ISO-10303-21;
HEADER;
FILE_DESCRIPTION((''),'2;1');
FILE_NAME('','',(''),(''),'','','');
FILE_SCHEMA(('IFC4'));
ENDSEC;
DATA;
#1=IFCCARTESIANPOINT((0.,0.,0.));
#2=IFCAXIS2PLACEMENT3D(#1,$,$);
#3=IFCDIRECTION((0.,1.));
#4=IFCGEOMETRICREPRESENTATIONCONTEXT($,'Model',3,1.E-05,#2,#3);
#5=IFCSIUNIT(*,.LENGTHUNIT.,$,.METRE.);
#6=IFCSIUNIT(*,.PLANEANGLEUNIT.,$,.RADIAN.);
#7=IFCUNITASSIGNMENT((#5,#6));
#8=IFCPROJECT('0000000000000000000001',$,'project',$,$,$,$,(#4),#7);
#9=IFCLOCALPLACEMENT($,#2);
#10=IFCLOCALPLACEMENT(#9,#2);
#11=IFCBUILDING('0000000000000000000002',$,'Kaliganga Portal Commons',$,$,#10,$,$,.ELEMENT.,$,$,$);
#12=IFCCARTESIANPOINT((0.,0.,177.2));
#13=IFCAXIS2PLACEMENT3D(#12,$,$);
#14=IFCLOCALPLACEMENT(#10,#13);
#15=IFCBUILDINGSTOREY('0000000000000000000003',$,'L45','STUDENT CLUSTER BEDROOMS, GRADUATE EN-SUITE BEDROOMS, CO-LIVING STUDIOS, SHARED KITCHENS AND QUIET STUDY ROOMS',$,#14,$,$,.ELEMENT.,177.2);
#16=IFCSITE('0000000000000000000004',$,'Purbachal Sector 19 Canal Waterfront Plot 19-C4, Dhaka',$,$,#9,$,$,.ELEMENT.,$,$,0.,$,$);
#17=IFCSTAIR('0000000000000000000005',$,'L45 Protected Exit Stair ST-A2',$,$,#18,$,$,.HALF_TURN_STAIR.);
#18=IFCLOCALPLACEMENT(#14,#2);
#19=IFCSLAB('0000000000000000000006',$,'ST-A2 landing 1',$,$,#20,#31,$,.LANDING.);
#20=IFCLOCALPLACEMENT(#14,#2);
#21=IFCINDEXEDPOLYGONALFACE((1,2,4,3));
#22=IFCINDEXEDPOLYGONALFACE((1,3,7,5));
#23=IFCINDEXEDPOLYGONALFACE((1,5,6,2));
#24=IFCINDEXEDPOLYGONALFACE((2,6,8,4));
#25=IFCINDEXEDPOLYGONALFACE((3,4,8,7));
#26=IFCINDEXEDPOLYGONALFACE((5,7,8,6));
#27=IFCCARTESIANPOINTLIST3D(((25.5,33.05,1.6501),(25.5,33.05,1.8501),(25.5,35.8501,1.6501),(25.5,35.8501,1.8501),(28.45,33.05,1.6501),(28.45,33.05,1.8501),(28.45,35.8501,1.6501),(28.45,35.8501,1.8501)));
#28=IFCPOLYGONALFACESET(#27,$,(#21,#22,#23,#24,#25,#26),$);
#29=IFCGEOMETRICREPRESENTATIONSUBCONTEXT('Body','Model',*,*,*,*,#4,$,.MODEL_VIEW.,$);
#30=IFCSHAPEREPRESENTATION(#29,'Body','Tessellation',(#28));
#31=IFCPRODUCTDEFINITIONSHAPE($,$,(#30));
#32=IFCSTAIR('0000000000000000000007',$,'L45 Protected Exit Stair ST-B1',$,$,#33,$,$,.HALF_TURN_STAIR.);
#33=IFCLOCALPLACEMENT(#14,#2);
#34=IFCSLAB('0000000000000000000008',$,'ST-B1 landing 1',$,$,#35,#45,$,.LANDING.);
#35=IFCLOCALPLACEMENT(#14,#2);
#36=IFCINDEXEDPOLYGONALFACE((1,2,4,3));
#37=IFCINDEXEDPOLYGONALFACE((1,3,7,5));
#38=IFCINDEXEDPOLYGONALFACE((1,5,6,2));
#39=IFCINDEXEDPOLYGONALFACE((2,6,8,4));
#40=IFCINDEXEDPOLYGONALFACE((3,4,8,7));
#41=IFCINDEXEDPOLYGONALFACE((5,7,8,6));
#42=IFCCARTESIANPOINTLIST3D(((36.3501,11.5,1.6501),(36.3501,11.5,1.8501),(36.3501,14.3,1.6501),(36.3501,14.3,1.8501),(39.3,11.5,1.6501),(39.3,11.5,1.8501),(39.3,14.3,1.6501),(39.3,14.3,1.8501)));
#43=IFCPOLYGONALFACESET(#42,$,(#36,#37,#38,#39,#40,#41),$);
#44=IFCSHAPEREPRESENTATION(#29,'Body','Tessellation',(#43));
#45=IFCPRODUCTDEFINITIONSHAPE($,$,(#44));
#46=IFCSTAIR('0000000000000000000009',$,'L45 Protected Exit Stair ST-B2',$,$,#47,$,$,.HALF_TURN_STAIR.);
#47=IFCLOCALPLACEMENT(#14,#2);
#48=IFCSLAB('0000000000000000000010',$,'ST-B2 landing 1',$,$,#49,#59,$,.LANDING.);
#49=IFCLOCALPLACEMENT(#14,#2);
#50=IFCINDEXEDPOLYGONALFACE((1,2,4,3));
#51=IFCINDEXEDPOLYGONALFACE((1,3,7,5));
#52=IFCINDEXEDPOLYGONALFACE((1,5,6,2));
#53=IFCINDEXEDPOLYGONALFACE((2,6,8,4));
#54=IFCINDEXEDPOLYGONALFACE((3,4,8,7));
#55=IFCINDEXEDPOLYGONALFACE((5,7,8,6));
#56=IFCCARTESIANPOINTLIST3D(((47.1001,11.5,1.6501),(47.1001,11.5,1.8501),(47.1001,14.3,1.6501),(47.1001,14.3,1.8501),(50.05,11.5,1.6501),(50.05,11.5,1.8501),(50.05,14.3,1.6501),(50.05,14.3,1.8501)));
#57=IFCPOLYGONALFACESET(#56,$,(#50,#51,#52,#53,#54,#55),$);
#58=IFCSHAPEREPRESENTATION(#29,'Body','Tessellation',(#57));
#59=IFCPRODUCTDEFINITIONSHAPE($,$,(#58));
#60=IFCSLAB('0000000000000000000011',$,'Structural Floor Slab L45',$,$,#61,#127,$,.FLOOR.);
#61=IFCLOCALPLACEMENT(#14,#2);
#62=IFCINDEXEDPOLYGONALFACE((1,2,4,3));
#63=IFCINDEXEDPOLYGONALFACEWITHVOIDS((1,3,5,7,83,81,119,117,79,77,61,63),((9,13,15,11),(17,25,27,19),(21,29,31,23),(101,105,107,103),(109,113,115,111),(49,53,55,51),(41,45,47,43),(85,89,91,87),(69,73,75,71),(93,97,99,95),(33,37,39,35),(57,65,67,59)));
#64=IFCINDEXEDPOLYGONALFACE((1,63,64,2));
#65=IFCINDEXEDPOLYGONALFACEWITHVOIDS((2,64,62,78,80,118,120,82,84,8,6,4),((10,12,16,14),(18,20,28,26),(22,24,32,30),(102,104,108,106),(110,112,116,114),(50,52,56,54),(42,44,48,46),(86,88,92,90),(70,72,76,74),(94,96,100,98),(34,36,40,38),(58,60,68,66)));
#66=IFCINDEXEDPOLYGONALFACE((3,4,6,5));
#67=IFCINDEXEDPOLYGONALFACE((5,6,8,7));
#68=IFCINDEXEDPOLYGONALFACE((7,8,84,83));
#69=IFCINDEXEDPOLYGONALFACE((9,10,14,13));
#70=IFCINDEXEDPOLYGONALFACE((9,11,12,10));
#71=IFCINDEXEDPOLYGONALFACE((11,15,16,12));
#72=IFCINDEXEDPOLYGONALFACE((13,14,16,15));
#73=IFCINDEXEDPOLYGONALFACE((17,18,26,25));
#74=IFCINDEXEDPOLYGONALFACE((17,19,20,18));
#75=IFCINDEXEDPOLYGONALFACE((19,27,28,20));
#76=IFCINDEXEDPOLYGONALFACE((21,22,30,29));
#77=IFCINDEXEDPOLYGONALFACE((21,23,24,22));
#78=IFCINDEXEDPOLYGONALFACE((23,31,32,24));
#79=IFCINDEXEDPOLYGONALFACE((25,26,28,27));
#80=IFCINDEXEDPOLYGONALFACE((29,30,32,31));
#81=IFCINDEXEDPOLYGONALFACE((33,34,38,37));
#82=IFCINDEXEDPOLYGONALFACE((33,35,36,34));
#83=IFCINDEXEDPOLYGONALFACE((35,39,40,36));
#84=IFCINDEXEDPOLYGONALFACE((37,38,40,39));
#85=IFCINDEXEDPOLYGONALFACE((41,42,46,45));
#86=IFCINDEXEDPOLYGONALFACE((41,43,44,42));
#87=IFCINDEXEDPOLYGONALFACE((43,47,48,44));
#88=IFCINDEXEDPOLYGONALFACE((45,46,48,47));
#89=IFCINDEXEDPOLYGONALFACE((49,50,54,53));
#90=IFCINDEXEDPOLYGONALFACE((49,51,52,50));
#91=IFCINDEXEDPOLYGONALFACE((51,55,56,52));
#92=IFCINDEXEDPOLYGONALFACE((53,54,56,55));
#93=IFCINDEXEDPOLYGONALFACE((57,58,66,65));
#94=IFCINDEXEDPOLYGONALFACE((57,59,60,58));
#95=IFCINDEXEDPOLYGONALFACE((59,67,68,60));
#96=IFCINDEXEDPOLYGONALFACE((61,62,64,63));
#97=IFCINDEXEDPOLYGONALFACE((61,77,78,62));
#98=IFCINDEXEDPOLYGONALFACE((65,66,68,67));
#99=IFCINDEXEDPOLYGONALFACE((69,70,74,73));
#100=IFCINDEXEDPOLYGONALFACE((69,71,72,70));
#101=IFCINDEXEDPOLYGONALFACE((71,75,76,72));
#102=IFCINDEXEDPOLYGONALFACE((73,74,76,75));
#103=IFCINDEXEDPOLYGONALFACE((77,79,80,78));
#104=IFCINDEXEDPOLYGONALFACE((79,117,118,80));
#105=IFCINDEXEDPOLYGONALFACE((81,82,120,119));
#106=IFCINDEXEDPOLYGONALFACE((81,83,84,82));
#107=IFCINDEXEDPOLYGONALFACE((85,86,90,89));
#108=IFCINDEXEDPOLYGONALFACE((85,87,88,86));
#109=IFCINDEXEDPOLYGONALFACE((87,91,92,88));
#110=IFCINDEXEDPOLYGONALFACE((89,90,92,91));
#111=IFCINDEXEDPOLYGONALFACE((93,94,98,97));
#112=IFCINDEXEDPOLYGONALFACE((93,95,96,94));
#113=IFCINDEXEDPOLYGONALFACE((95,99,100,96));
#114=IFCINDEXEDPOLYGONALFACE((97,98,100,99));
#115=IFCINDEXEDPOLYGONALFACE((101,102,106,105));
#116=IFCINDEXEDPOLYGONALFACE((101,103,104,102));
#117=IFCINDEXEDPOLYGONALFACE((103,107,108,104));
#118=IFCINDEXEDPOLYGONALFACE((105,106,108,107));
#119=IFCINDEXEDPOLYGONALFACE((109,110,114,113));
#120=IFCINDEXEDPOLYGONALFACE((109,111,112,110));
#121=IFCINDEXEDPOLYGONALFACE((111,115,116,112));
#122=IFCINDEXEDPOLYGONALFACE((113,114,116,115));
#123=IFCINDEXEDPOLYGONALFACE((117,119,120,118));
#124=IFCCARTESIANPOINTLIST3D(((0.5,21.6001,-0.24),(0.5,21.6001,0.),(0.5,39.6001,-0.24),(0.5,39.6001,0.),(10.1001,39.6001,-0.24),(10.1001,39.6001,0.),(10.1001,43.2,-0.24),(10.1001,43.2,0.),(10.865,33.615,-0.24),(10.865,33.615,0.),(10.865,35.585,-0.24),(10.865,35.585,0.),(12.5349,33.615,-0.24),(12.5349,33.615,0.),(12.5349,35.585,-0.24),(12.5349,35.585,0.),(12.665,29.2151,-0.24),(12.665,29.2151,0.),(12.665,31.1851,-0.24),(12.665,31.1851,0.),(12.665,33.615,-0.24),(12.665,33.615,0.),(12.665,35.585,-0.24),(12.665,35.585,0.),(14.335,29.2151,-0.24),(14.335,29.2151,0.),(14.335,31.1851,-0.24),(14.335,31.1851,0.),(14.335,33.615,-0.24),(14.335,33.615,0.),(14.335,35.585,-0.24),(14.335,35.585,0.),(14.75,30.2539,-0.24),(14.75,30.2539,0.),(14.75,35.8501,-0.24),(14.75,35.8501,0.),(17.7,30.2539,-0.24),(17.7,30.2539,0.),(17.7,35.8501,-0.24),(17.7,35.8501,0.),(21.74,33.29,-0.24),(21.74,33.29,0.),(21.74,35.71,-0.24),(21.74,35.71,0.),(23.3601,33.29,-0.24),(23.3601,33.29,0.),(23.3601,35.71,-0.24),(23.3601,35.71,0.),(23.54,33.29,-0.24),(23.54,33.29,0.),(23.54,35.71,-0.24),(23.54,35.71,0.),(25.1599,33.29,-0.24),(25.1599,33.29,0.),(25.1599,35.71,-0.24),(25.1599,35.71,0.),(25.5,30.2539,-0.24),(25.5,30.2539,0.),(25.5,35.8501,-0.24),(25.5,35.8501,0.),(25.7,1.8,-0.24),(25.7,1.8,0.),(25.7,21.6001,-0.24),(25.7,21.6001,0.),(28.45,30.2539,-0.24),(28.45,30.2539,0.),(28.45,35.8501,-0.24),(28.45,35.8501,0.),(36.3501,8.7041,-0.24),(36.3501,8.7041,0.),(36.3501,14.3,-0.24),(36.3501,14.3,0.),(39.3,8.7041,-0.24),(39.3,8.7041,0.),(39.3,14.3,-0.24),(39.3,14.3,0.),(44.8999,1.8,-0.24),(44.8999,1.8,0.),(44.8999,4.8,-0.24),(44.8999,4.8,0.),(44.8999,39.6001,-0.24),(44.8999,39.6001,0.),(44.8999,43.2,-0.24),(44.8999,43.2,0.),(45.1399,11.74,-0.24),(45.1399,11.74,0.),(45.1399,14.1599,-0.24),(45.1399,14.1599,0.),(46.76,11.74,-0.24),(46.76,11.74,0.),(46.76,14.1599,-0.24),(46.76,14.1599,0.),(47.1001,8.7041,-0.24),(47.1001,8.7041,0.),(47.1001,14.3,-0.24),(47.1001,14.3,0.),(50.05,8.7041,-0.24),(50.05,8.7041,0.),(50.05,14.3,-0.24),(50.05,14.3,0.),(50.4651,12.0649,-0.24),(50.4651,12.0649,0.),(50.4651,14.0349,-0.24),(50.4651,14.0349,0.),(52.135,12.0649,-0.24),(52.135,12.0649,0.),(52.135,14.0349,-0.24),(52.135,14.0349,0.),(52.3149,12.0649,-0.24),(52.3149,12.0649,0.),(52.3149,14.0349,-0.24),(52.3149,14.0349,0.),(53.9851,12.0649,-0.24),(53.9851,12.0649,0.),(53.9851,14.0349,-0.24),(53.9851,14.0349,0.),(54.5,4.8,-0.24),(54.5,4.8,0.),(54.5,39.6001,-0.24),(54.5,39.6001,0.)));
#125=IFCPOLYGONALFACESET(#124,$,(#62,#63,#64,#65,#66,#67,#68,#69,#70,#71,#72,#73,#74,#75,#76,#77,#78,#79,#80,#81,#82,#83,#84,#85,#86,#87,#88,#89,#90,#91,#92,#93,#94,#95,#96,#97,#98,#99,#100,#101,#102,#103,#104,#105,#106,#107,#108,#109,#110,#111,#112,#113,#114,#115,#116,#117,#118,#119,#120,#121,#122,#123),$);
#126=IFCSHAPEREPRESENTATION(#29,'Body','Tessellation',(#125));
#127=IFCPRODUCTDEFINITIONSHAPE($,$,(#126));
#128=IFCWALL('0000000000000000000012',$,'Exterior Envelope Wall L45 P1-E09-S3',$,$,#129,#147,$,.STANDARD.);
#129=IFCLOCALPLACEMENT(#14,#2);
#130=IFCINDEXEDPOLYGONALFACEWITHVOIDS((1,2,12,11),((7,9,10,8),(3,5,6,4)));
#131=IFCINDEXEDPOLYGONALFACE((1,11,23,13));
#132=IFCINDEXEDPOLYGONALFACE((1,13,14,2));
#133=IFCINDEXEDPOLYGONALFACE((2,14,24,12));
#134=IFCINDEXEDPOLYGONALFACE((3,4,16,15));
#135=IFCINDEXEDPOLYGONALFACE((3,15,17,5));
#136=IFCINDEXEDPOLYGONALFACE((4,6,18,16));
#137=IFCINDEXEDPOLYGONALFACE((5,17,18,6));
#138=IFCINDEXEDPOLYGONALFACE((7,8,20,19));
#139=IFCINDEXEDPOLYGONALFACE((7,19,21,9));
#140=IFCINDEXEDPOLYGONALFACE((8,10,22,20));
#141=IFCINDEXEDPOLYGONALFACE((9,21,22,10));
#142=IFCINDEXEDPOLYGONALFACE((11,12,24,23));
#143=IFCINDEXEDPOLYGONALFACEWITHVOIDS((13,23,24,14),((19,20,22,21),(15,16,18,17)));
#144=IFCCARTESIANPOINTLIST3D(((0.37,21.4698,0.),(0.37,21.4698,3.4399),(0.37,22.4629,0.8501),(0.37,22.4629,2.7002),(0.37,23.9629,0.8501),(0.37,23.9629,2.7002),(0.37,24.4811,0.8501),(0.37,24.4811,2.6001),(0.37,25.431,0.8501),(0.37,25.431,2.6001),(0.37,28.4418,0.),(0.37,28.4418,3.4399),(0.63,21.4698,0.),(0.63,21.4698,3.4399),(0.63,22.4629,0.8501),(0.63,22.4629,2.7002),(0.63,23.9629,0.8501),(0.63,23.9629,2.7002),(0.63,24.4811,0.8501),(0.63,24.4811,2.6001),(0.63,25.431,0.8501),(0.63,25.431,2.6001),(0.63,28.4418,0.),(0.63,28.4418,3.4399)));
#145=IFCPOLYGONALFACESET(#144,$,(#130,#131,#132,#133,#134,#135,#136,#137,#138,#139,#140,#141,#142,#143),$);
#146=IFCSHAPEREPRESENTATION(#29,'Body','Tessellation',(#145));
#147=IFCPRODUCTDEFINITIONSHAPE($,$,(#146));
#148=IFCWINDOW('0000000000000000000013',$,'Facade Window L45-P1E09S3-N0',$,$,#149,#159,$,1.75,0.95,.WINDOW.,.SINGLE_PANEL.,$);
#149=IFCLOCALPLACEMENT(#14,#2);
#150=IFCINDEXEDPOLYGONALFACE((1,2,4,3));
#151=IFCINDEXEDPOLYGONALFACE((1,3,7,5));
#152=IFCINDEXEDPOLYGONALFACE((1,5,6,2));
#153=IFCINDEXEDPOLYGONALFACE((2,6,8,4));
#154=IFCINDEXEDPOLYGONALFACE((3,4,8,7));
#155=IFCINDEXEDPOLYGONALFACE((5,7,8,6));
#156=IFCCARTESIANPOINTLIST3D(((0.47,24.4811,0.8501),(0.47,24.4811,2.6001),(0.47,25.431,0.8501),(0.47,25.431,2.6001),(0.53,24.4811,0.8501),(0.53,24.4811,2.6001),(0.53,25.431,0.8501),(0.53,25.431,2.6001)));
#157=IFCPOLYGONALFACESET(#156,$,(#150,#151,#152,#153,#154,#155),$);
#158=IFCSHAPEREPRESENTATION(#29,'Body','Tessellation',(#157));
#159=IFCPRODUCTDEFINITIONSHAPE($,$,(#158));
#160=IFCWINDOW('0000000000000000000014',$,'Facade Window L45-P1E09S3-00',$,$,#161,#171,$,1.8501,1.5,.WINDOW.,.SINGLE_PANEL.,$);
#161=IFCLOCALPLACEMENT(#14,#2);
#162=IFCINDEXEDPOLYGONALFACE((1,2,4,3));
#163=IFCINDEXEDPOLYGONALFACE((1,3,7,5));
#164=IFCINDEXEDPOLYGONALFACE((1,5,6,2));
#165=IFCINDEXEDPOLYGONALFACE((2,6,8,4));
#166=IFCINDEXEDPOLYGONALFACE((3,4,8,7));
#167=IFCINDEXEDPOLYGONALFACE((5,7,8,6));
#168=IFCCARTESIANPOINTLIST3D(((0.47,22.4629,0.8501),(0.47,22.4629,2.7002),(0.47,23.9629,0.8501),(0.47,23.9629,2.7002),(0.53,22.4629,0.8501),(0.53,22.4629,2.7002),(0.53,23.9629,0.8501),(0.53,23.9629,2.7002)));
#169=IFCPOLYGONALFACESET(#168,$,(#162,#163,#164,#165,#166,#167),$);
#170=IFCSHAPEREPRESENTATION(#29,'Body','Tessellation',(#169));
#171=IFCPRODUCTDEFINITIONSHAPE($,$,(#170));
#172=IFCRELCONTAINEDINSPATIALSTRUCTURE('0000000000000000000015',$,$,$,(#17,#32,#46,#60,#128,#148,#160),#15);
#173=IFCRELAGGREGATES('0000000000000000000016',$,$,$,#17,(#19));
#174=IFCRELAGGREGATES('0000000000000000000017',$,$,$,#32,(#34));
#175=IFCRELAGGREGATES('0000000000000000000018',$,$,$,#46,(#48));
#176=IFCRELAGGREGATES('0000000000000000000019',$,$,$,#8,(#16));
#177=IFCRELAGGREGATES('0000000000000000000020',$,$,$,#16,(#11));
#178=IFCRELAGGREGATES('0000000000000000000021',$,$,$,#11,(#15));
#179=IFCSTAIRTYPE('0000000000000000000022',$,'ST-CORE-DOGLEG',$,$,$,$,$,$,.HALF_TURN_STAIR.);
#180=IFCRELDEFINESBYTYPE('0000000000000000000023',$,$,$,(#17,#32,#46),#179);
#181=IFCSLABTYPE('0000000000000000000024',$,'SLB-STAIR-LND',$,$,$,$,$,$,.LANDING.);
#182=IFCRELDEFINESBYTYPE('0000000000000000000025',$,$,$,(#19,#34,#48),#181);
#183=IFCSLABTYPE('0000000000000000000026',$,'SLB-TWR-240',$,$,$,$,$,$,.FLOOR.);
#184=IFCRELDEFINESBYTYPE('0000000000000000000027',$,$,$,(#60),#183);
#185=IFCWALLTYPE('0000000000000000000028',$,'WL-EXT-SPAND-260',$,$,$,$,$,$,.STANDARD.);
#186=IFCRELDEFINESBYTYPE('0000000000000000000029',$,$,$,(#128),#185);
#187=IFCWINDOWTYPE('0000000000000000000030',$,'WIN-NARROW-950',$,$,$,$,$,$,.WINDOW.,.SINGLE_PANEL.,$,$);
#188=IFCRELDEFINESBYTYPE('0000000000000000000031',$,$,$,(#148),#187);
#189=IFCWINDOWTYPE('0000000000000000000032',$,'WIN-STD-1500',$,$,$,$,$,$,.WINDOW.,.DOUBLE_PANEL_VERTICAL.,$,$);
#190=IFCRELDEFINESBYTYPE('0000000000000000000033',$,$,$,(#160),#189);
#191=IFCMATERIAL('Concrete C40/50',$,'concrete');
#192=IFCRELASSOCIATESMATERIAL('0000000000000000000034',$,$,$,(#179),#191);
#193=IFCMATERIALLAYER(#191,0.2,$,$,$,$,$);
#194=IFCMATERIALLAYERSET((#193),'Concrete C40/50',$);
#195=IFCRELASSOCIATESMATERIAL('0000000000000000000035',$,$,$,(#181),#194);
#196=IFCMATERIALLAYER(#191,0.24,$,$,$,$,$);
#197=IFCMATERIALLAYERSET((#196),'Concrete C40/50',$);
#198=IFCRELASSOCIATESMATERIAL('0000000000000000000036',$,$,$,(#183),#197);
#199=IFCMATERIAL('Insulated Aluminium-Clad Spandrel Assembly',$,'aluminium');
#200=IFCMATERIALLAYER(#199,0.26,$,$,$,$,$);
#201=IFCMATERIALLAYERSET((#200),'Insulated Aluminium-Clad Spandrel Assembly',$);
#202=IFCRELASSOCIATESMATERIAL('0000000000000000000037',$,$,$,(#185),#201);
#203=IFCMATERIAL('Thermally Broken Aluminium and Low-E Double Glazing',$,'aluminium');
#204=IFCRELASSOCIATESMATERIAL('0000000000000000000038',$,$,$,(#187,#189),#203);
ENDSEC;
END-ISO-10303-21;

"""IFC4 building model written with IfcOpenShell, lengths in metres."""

from ifc_helpers import new_model, si_unit, direction, frame, frame_2d, origin, place, context, subcontext, project, spatial, polyline, rectangle, outline, extrude, material, layer, layer_set, type_object, element, fill, aggregate, save


model = new_model("IFC4")

# Units and contexts
model_context = context("Model", 3, precision=1e-05, world=origin(), true_north=direction((0.0, 1.0)))
body_context = subcontext(model_context, "Body", "Model", "MODEL_VIEW")
ifc_project = project(units=[si_unit("LENGTHUNIT", "METRE"), si_unit("PLANEANGLEUNIT", "RADIAN")], contexts=[model_context])

# Site, building, storey
site_placement = place(None, origin())
site = spatial("IfcSite", under=ifc_project, at=site_placement, Name="Purbachal Sector 19 Canal Waterfront Plot 19-C4, Dhaka", CompositionType="ELEMENT", RefElevation=0.0)
building_placement = place(site_placement, origin())
building = spatial("IfcBuilding", under=site, at=building_placement, Name="Kaliganga Portal Commons", CompositionType="ELEMENT")
storey_placement = place(building_placement, frame((0.0, 0.0, 177.2)))
storey = spatial("IfcBuildingStorey", under=building, at=storey_placement, Name="L45", Description="STUDENT CLUSTER BEDROOMS, GRADUATE EN-SUITE BEDROOMS, CO-LIVING STUDIOS, SHARED KITCHENS AND QUIET STUDY ROOMS", CompositionType="ELEMENT", Elevation=177.2)

# Shared definitions
ifc_material_1 = material(Name="Concrete C40/50", Category="concrete")

# Stairs, slabs
stair_type = type_object("IfcStairType", Name="ST-CORE-DOGLEG", PredefinedType="HALF_TURN_STAIR", material=ifc_material_1)
ifc_layer_1 = layer(ifc_material_1, 0.2)
ifc_layer_set_1 = layer_set([ifc_layer_1], Name="Concrete C40/50")
slab_type_1 = type_object("IfcSlabType", Name="SLB-STAIR-LND", PredefinedType="LANDING", material=ifc_layer_set_1)
stair_1_placement = place(storey_placement, origin())
stair_1 = element("IfcStair", 1, at=stair_1_placement, inside=storey, type_object=stair_type, Name="L45 Protected Exit Stair ST-A2", PredefinedType="HALF_TURN_STAIR")
slab_1_placement = place(storey_placement, frame((0.0, 0.0, 1.6501)))
slab_1 = element("IfcSlab", 2, at=slab_1_placement, type_object=slab_type_1, Name="ST-A2 landing 1", PredefinedType="LANDING", context=body_context, shape_type="SweptSolid", body=[
    extrude(outline(polyline([(28.45, 33.05), (28.45, 35.8501), (25.5, 35.8501), (25.5, 33.05), (28.45, 33.05)])), origin(), (0.0, 0.0, 1.0), 0.2),
])
aggregate(stair_1, [slab_1])
stair_2_placement = place(storey_placement, origin())
stair_2 = element("IfcStair", 3, at=stair_2_placement, inside=storey, type_object=stair_type, Name="L45 Protected Exit Stair ST-B1", PredefinedType="HALF_TURN_STAIR")
slab_2_placement = place(storey_placement, frame((0.0, 0.0, 1.6501)))
slab_2 = element("IfcSlab", 4, at=slab_2_placement, type_object=slab_type_1, Name="ST-B1 landing 1", PredefinedType="LANDING", context=body_context, shape_type="SweptSolid", body=[
    extrude(outline(polyline([(39.3, 11.5), (39.3, 14.3), (36.3501, 14.3), (36.3501, 11.5), (39.3, 11.5)])), origin(), (0.0, 0.0, 1.0), 0.2),
])
aggregate(stair_2, [slab_2])
stair_3_placement = place(storey_placement, origin())
stair_3 = element("IfcStair", 5, at=stair_3_placement, inside=storey, type_object=stair_type, Name="L45 Protected Exit Stair ST-B2", PredefinedType="HALF_TURN_STAIR")
slab_3_placement = place(storey_placement, frame((0.0, 0.0, 1.6501)))
slab_3 = element("IfcSlab", 6, at=slab_3_placement, type_object=slab_type_1, Name="ST-B2 landing 1", PredefinedType="LANDING", context=body_context, shape_type="SweptSolid", body=[
    extrude(outline(polyline([(50.05, 11.5), (50.05, 14.3), (47.1001, 14.3), (47.1001, 11.5), (50.05, 11.5)])), origin(), (0.0, 0.0, 1.0), 0.2),
])
aggregate(stair_3, [slab_3])

# Slab
ifc_layer_2 = layer(ifc_material_1, 0.24)
ifc_layer_set_2 = layer_set([ifc_layer_2], Name="Concrete C40/50")
slab_type_2 = type_object("IfcSlabType", Name="SLB-TWR-240", PredefinedType="FLOOR", material=ifc_layer_set_2)
slab_4_placement = place(storey_placement, frame((0.0, 0.0, -0.24)))
element("IfcSlab", 7, at=slab_4_placement, inside=storey, type_object=slab_type_2, Name="Structural Floor Slab L45", PredefinedType="FLOOR", context=body_context, shape_type="SweptSolid", body=[
    extrude(outline(polyline([(25.7, 1.8), (44.8999, 1.8), (44.8999, 4.8), (54.5, 4.8), (54.5, 39.6001), (44.8999, 39.6001), (44.8999, 43.2), (10.1001, 43.2), (10.1001, 39.6001), (0.5, 39.6001), (0.5, 21.6001), (25.7, 21.6001), (25.7, 1.8)]), holes=[polyline([(14.75, 30.2539), (14.75, 35.8501), (17.7, 35.8501), (17.7, 30.2539), (14.75, 30.2539)]), polyline([(25.5, 30.2539), (25.5, 35.8501), (28.45, 35.8501), (28.45, 30.2539), (25.5, 30.2539)]), polyline([(36.3501, 8.7041), (36.3501, 14.3), (39.3, 14.3), (39.3, 8.7041), (36.3501, 8.7041)]), polyline([(47.1001, 8.7041), (47.1001, 14.3), (50.05, 14.3), (50.05, 8.7041), (47.1001, 8.7041)]), polyline([(12.665, 33.615), (12.665, 35.585), (14.335, 35.585), (14.335, 33.615), (12.665, 33.615)]), polyline([(12.665, 29.2151), (12.665, 31.1851), (14.335, 31.1851), (14.335, 29.2151), (12.665, 29.2151)]), polyline([(10.865, 33.615), (10.865, 35.585), (12.5349, 35.585), (12.5349, 33.615), (10.865, 33.615)]), polyline([(21.74, 33.29), (21.74, 35.71), (23.3601, 35.71), (23.3601, 33.29), (21.74, 33.29)]), polyline([(23.54, 33.29), (23.54, 35.71), (25.1599, 35.71), (25.1599, 33.29), (23.54, 33.29)]), polyline([(50.4651, 12.0649), (50.4651, 14.0349), (52.135, 14.0349), (52.135, 12.0649), (50.4651, 12.0649)]), polyline([(52.3149, 12.0649), (52.3149, 14.0349), (53.9851, 14.0349), (53.9851, 12.0649), (52.3149, 12.0649)]), polyline([(45.1399, 11.74), (45.1399, 14.1599), (46.76, 14.1599), (46.76, 11.74), (45.1399, 11.74)])]), origin(), (0.0, 0.0, 1.0), 0.24),
])

# Wall, openings, windows
ifc_material_2 = material(Name="Insulated Aluminium-Clad Spandrel Assembly", Category="aluminium")
ifc_layer_3 = layer(ifc_material_2, 0.26)
ifc_layer_set_3 = layer_set([ifc_layer_3], Name="Insulated Aluminium-Clad Spandrel Assembly")
wall_type_1 = type_object("IfcWallType", Name="WL-EXT-SPAND-260", PredefinedType="STANDARD", material=ifc_layer_set_3)
wall_1_placement = place(storey_placement, frame((0.5, 21.47, 0.0), z_axis=(0.0, 0.0, 1.0), x_axis=(0.0, 1.0, 0.0)))
wall_1 = element("IfcWall", 8, at=wall_1_placement, inside=storey, type_object=wall_type_1, Name="Exterior Envelope Wall L45 P1-E09-S3", PredefinedType="STANDARD", context=body_context, shape_type="SweptSolid", body=[
    extrude(rectangle(XDim=6.9719, YDim=0.26, at=frame_2d((3.4858, 0.0))), origin(), (0.0, 0.0, 1.0), 3.4399),
])
opening_1_placement = place(wall_1_placement, frame((0.9929, 0.0, 0.8501)))
opening_1 = element("IfcOpeningElement", 9, at=opening_1_placement, cuts=wall_1, PredefinedType="OPENING", context=body_context, shape_type="SweptSolid", body=[
    extrude(rectangle(XDim=1.5, YDim=1.8501, at=frame_2d((0.75, 0.925))), frame((0.0, 0.1401, 0.0), z_axis=(0.0, -1.0, 0.0), x_axis=(1.0, 0.0, 0.0)), (0.0, 0.0, 1.0), 0.28),
])
opening_2_placement = place(wall_1_placement, frame((3.011, 0.0, 0.8501)))
opening_2 = element("IfcOpeningElement", 10, at=opening_2_placement, cuts=wall_1, PredefinedType="OPENING", context=body_context, shape_type="SweptSolid", body=[
    extrude(rectangle(XDim=0.95, YDim=1.75, at=frame_2d((0.4751, 0.875))), frame((0.0, 0.1401, 0.0), z_axis=(0.0, -1.0, 0.0), x_axis=(1.0, 0.0, 0.0)), (0.0, 0.0, 1.0), 0.28),
])
ifc_material_3 = material(Name="Thermally Broken Aluminium and Low-E Double Glazing", Category="aluminium")
window_type_1 = type_object("IfcWindowType", Name="WIN-NARROW-950", PartitioningType="SINGLE_PANEL", PredefinedType="WINDOW", material=ifc_material_3)
window_1_placement = place(opening_2_placement, origin())
window_1 = element("IfcWindow", 11, at=window_1_placement, inside=storey, type_object=window_type_1, Name="Facade Window L45-P1E09S3-N0", OverallHeight=1.75, OverallWidth=0.95, PartitioningType="SINGLE_PANEL", PredefinedType="WINDOW", context=body_context, shape_type="SweptSolid", body=[
    extrude(rectangle(XDim=0.95, YDim=1.75, at=frame_2d((0.4751, 0.875))), frame((0.0, 0.03, 0.0), z_axis=(0.0, -1.0, 0.0), x_axis=(1.0, 0.0, 0.0)), (0.0, 0.0, 1.0), 0.0601),
])
fill(opening_2, window_1)
window_type_2 = type_object("IfcWindowType", Name="WIN-STD-1500", PartitioningType="DOUBLE_PANEL_VERTICAL", PredefinedType="WINDOW", material=ifc_material_3)
window_2_placement = place(opening_1_placement, origin())
window_2 = element("IfcWindow", 12, at=window_2_placement, inside=storey, type_object=window_type_2, Name="Facade Window L45-P1E09S3-00", OverallHeight=1.8501, OverallWidth=1.5, PartitioningType="SINGLE_PANEL", PredefinedType="WINDOW", context=body_context, shape_type="SweptSolid", body=[
    extrude(rectangle(XDim=1.5, YDim=1.8501, at=frame_2d((0.75, 0.925))), frame((0.0, 0.03, 0.0), z_axis=(0.0, -1.0, 0.0), x_axis=(1.0, 0.0, 0.0)), (0.0, 0.0, 1.0), 0.0601),
])
fill(opening_1, window_2)

save(model, "model.ifc")
